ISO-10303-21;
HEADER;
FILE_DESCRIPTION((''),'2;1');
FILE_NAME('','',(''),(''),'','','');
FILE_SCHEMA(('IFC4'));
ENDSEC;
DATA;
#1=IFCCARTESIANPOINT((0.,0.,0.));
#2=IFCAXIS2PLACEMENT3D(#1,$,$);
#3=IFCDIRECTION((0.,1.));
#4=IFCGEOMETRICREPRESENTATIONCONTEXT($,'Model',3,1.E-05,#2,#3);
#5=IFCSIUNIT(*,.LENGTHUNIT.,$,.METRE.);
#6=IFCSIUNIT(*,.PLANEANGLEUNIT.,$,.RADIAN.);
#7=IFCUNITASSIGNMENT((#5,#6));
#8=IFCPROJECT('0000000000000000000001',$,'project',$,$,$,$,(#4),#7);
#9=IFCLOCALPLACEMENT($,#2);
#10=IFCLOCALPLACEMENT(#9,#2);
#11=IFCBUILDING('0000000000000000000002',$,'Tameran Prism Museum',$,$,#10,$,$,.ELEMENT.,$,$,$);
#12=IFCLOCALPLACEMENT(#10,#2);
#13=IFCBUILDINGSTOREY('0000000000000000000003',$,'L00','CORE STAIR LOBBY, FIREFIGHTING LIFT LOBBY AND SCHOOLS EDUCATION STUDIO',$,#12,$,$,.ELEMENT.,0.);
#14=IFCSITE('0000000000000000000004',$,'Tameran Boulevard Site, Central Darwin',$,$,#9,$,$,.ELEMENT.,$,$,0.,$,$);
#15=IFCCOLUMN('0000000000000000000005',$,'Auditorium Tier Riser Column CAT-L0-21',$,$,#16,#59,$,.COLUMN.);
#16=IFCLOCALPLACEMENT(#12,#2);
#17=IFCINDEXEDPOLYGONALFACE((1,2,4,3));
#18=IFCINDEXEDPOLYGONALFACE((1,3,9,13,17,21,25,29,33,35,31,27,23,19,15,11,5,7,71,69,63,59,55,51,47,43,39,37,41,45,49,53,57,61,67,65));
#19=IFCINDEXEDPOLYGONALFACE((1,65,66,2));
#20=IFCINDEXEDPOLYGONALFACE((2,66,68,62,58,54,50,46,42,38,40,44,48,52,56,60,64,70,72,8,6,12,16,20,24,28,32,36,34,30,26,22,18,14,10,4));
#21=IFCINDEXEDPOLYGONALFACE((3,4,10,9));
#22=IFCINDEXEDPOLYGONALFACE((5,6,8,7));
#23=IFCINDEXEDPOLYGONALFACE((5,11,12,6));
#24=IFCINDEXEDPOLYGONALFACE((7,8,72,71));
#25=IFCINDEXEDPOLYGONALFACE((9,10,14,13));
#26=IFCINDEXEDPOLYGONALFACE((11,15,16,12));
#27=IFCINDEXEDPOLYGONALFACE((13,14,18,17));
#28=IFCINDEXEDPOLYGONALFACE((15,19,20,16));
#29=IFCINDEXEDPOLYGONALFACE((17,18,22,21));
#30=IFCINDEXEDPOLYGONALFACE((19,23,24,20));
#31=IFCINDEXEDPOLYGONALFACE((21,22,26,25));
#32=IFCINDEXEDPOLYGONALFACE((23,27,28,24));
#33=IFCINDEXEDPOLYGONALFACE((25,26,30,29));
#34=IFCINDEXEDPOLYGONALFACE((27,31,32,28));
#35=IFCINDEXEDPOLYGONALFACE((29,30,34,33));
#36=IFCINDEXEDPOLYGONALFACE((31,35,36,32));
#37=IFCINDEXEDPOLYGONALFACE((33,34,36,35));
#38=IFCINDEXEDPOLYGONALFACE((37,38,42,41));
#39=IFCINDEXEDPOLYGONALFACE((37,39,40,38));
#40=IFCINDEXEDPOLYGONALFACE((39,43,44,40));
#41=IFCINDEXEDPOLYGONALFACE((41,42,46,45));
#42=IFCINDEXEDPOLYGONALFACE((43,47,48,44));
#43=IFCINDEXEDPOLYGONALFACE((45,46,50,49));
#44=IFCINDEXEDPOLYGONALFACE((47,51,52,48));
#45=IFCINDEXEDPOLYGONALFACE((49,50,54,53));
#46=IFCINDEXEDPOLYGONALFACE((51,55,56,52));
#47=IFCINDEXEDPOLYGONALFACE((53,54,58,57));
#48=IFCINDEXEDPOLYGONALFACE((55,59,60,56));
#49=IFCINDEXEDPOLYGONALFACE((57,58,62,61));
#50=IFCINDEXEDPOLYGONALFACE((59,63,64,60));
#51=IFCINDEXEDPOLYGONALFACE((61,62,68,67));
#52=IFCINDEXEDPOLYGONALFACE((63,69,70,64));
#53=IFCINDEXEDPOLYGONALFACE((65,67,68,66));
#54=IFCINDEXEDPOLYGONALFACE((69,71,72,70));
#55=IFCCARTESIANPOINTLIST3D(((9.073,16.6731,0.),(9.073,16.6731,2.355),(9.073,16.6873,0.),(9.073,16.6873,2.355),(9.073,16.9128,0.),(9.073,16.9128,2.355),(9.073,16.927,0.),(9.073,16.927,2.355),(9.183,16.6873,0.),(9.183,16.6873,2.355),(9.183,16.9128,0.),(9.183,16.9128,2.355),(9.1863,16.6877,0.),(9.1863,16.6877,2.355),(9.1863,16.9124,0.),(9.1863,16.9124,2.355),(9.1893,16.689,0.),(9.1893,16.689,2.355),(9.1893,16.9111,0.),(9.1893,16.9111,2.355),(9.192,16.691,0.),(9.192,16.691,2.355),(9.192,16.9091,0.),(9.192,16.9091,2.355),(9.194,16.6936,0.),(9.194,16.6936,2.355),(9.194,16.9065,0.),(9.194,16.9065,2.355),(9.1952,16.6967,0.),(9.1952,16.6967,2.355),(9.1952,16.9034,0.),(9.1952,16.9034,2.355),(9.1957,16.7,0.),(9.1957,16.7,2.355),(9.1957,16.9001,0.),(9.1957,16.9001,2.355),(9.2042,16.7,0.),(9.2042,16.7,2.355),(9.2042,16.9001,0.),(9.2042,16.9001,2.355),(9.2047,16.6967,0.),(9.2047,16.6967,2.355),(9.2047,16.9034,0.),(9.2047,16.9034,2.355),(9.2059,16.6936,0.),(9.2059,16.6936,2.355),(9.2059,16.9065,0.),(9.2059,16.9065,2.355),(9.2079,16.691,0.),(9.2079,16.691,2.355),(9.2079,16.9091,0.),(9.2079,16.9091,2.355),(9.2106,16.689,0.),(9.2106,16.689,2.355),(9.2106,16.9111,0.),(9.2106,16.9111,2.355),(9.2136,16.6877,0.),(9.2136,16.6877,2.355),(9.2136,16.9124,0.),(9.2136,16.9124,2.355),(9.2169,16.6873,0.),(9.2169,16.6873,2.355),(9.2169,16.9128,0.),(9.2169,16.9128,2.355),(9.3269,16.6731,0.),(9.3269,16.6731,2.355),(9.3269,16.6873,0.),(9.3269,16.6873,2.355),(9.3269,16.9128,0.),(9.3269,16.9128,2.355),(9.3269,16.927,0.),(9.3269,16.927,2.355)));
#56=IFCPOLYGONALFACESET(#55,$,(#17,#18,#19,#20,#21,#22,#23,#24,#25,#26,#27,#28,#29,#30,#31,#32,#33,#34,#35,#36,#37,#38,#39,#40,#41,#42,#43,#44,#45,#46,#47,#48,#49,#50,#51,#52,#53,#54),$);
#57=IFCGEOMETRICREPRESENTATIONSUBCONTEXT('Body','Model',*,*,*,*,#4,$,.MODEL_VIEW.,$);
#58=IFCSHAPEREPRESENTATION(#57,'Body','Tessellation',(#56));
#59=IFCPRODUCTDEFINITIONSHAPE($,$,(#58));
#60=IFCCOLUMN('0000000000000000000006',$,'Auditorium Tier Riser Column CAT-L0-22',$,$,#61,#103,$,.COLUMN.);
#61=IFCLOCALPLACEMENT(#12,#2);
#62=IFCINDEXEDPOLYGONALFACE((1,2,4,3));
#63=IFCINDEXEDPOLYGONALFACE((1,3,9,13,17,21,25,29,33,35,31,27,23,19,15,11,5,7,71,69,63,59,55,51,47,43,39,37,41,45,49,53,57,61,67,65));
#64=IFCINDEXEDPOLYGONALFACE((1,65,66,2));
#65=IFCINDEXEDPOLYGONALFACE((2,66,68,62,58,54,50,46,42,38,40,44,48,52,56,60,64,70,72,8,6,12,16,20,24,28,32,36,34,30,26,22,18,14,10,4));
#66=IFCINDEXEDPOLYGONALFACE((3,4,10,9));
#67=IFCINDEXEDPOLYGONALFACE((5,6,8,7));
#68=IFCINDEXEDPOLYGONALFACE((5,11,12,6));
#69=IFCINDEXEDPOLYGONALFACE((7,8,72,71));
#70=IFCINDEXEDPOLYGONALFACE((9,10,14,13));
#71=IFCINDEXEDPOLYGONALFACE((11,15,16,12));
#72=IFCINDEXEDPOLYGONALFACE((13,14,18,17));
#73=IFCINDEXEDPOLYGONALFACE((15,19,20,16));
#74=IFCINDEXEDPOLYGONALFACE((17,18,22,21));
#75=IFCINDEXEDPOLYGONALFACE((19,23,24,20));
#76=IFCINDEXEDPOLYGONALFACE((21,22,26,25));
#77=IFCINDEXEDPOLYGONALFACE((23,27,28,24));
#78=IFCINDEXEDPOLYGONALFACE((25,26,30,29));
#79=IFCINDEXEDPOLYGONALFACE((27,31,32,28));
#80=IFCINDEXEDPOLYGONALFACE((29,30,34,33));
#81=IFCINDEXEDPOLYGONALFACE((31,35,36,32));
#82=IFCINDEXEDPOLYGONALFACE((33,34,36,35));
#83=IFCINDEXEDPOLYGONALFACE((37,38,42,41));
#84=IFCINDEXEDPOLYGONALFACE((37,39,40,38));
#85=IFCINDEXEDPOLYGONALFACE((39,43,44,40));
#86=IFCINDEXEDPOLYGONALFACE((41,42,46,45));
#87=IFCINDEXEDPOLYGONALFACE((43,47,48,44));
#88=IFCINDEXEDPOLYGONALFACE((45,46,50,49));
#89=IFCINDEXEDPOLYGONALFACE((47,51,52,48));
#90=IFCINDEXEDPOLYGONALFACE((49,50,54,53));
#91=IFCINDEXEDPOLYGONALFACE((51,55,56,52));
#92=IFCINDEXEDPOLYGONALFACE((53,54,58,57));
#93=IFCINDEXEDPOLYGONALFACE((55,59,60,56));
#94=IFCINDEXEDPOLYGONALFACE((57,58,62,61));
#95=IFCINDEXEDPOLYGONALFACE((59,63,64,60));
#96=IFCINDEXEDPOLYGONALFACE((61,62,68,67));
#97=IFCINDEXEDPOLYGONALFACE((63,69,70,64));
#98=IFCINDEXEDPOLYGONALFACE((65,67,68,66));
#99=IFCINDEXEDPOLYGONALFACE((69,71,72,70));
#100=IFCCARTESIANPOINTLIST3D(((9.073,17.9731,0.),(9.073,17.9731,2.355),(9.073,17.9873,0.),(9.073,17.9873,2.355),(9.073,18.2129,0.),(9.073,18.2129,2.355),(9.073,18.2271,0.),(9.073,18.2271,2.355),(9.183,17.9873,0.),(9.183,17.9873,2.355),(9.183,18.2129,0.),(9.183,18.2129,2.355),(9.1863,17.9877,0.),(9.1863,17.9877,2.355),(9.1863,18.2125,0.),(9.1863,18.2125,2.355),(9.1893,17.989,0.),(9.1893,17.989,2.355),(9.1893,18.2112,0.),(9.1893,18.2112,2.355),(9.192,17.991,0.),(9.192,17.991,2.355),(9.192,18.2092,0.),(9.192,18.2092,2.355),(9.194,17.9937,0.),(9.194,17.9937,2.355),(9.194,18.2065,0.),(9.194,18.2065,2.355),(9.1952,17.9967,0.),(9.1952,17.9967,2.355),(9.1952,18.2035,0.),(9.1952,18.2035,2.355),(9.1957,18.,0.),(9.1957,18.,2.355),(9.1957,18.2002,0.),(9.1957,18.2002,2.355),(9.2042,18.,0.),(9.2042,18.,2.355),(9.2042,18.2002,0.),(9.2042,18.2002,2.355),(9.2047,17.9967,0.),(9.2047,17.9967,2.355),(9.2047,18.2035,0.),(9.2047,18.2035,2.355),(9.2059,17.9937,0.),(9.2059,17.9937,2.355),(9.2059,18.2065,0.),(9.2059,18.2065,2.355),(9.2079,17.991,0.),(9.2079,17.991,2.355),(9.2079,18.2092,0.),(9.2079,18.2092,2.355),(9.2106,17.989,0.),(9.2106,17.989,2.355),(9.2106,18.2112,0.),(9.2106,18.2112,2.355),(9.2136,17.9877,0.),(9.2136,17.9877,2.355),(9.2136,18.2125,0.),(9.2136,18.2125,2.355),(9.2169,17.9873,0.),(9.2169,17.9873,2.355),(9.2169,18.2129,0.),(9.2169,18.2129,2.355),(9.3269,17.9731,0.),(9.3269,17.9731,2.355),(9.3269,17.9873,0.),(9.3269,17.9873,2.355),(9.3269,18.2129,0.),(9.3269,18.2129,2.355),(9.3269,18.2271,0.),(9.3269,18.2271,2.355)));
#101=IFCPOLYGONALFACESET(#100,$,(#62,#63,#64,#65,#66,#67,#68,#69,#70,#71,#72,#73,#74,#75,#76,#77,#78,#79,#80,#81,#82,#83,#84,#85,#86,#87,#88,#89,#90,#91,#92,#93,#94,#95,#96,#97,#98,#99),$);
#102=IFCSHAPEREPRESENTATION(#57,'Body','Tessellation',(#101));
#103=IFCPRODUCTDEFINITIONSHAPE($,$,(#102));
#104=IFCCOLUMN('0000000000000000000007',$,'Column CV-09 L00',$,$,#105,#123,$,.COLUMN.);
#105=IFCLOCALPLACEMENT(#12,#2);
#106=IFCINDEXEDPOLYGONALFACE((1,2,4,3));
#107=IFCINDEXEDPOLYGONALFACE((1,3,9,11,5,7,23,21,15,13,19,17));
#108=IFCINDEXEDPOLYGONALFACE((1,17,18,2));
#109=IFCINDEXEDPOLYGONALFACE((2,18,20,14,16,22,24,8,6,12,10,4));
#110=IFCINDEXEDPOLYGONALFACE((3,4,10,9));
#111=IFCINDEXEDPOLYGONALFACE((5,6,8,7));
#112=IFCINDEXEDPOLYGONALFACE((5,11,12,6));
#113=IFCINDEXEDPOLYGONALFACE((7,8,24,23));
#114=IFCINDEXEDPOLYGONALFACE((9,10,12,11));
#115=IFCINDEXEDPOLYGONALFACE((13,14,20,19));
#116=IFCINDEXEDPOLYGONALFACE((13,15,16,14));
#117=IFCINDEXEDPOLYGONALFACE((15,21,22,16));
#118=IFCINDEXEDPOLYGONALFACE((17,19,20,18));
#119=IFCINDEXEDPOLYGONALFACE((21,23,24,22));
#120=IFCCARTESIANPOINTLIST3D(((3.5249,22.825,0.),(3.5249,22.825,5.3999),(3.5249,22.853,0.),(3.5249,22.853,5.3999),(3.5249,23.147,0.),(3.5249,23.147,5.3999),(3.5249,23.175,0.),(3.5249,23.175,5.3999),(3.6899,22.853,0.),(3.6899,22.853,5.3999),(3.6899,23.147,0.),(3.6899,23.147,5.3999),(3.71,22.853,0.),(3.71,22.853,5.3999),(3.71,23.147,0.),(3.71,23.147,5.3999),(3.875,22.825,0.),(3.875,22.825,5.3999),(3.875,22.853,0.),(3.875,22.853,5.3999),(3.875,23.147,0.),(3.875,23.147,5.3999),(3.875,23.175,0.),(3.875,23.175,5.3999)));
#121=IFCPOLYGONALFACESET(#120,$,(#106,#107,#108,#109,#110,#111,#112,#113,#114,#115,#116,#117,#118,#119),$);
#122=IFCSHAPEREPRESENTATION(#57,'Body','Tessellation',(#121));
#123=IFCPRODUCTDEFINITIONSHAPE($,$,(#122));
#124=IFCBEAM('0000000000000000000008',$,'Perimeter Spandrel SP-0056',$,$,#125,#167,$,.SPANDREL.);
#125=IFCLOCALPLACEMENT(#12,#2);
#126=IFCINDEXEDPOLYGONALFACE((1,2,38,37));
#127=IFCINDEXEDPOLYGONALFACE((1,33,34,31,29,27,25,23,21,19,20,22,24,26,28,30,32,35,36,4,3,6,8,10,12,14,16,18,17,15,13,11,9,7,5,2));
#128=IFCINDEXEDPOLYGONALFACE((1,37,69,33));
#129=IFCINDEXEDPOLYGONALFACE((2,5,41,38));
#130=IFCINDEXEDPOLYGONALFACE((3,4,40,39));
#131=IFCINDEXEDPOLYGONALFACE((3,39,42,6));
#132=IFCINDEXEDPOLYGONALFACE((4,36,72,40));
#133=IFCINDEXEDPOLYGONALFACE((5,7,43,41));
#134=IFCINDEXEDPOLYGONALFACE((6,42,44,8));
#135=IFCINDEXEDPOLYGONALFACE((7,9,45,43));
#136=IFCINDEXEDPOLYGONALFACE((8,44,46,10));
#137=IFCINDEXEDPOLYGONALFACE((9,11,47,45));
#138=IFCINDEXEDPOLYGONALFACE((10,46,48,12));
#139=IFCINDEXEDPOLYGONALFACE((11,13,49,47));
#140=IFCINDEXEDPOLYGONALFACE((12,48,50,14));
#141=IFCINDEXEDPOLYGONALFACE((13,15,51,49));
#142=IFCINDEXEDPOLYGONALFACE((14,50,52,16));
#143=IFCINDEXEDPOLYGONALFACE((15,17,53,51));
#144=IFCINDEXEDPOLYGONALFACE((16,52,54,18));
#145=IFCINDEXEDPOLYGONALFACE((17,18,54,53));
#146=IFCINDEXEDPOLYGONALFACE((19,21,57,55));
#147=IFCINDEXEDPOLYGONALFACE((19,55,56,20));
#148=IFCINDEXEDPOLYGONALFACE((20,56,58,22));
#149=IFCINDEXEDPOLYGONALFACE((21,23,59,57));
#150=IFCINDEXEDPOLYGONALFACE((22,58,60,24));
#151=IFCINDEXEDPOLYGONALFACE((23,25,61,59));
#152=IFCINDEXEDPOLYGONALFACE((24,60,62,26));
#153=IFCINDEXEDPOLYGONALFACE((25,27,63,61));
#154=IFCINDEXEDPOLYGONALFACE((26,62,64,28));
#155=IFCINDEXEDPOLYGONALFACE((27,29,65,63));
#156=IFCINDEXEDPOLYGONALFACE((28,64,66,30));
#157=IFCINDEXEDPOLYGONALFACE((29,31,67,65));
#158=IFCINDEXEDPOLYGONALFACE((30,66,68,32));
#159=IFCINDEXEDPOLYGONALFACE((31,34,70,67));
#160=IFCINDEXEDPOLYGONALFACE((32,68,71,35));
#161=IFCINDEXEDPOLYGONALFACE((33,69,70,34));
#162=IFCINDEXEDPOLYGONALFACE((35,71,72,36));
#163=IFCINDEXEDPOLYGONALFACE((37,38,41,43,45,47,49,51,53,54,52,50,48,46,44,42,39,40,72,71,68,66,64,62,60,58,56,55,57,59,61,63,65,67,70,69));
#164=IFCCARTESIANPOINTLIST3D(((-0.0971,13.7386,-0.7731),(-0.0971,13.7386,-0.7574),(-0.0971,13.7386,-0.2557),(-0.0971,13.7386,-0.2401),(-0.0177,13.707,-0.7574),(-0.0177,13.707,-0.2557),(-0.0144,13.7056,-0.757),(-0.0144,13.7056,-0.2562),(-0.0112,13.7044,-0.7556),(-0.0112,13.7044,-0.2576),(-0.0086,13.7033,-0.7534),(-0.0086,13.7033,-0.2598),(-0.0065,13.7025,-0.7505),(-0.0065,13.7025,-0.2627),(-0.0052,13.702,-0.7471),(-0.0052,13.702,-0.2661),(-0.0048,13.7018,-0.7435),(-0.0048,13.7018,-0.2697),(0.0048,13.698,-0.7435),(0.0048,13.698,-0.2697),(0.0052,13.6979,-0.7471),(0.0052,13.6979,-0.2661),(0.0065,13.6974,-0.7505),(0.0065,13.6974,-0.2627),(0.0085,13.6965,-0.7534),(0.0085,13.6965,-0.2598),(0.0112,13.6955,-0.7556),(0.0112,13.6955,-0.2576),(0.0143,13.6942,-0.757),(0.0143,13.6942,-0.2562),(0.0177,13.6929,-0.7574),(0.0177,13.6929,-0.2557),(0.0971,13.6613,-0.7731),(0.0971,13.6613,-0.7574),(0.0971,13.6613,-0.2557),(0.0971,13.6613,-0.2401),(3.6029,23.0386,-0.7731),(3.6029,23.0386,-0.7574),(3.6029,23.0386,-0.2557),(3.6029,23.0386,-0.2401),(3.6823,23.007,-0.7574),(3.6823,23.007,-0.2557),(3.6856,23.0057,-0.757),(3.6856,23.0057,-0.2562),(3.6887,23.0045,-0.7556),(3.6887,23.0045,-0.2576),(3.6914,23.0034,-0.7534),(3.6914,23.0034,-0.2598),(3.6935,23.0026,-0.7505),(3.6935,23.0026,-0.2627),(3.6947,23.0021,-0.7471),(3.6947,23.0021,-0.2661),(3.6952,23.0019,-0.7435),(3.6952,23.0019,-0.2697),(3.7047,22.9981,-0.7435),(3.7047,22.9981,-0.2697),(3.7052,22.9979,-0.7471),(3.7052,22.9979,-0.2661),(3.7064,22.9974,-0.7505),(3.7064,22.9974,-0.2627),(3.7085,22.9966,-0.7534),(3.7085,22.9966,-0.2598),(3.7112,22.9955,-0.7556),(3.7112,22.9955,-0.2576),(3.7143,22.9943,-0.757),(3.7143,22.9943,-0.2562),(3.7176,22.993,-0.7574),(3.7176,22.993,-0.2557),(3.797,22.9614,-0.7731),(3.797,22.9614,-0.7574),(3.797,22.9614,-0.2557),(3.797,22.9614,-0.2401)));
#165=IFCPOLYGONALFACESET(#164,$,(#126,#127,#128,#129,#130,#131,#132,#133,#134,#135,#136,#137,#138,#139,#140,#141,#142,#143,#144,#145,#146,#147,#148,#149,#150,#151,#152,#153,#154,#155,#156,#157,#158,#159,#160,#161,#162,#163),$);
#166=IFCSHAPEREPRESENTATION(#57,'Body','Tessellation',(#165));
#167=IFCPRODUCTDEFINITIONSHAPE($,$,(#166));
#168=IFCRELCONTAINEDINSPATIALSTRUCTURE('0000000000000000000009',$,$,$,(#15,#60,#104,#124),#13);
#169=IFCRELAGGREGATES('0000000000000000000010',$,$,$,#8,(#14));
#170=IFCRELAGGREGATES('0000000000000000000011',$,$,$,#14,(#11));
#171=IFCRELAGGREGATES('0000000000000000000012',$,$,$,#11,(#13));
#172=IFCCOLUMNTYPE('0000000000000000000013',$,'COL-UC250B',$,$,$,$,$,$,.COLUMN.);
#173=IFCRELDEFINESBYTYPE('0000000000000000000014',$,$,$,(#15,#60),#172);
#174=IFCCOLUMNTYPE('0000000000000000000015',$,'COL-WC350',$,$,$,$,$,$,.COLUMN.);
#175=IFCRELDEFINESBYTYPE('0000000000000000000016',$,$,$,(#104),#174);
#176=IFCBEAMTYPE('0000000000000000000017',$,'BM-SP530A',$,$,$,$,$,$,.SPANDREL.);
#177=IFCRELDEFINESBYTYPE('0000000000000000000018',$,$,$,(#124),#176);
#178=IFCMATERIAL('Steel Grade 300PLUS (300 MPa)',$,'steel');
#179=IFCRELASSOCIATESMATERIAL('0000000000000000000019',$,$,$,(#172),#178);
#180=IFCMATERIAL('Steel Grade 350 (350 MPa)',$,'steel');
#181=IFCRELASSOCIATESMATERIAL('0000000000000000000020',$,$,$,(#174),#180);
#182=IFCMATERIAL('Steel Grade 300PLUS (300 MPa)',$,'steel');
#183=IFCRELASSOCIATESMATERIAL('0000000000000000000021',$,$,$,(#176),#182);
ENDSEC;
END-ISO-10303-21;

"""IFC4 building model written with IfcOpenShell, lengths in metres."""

from ifc_helpers import new_model, si_unit, direction, frame, origin, origin_2d, place, context, subcontext, project, spatial, i_section, extrude, material, material_profile, profile_set, type_object, element, save


model = new_model("IFC4")

# Units and contexts
model_context = context("Model", 3, precision=1e-05, world=origin(), true_north=direction((0.0, 1.0)))
body_context = subcontext(model_context, "Body", "Model", "MODEL_VIEW")
ifc_project = project(units=[si_unit("LENGTHUNIT", "METRE"), si_unit("PLANEANGLEUNIT", "RADIAN")], contexts=[model_context])

# Site, building, storey
site_placement = place(None, origin())
site = spatial("IfcSite", under=ifc_project, at=site_placement, Name="Tameran Boulevard Site, Central Darwin", CompositionType="ELEMENT", RefElevation=0.0)
building_placement = place(site_placement, origin())
building = spatial("IfcBuilding", under=site, at=building_placement, Name="Tameran Prism Museum", CompositionType="ELEMENT")
storey_placement = place(building_placement, origin())
storey = spatial("IfcBuildingStorey", under=building, at=storey_placement, Name="L00", Description="CORE STAIR LOBBY, FIREFIGHTING LIFT LOBBY AND SCHOOLS EDUCATION STUDIO", CompositionType="ELEMENT", Elevation=0.0)

# Columns
ifc_material_1 = material(Name="Steel Grade 300PLUS (300 MPa)", Category="steel")
ifc_material_profile_1 = material_profile(ifc_material_1, i_section(OverallWidth=0.2539, OverallDepth=0.2539, WebThickness=0.0085, FlangeThickness=0.0142, FilletRadius=0.0127, at=origin_2d()))
ifc_profile_set_1 = profile_set([ifc_material_profile_1])
column_type_1 = type_object("IfcColumnType", Name="COL-UC250B", PredefinedType="COLUMN", material=ifc_profile_set_1)
for number, where, z_axis, x_axis, name in (
    (1, (9.2, 16.8, 0.0), (0.0, 0.0, 1.0), (1.0, 0.0, 0.0), "Auditorium Tier Riser Column CAT-L0-21"),
    (2, (9.2, 18.1001, 0.0), (0.0, 0.0, 1.0), (1.0, 0.0, 0.0), "Auditorium Tier Riser Column CAT-L0-22"),
):
    element("IfcColumn", number, at=place(storey_placement, frame(where, z_axis=z_axis, x_axis=x_axis)), inside=storey, type_object=column_type_1, Name=name, PredefinedType="COLUMN", context=body_context, shape_type="SweptSolid", body=[
        extrude(i_section(OverallWidth=0.2539, OverallDepth=0.2539, WebThickness=0.0085, FlangeThickness=0.0142, FilletRadius=0.0127, at=origin_2d()), origin(), (0.0, 0.0, 1.0), 2.355),
    ])
ifc_material_2 = material(Name="Steel Grade 350 (350 MPa)", Category="steel")
ifc_material_profile_2 = material_profile(ifc_material_2, i_section(OverallWidth=0.3501, OverallDepth=0.3501, WebThickness=0.02, FlangeThickness=0.0281, at=origin_2d()))
ifc_profile_set_2 = profile_set([ifc_material_profile_2])
column_type_2 = type_object("IfcColumnType", Name="COL-WC350", PredefinedType="COLUMN", material=ifc_profile_set_2)
column_1_placement = place(storey_placement, frame((3.7, 23.0, 0.0), z_axis=(0.0, 0.0, 1.0), x_axis=(1.0, 0.0, 0.0)))
element("IfcColumn", 3, at=column_1_placement, inside=storey, type_object=column_type_2, Name="Column CV-09 L00", PredefinedType="COLUMN", context=body_context, shape_type="SweptSolid", body=[
    extrude(i_section(OverallWidth=0.3501, OverallDepth=0.3501, WebThickness=0.02, FlangeThickness=0.0281, at=origin_2d()), origin(), (0.0, 0.0, 1.0), 5.3999),
])

# Beam
ifc_material_3 = material(Name="Steel Grade 300PLUS (300 MPa)", Category="steel")
ifc_material_profile_3 = material_profile(ifc_material_3, i_section(OverallWidth=0.209, OverallDepth=0.533, WebThickness=0.0103, FlangeThickness=0.0156, FilletRadius=0.0139, at=origin_2d()))
ifc_profile_set_3 = profile_set([ifc_material_profile_3])
beam_type_1 = type_object("IfcBeamType", Name="BM-SP530A", PredefinedType="SPANDREL", material=ifc_profile_set_3)
beam_1_placement = place(storey_placement, frame((3.7, 23.0, -0.5066), z_axis=(-0.369662, -0.929166, 0.0), x_axis=(0.929166, -0.369662, 0.0)))
element("IfcBeam", 4, at=beam_1_placement, inside=storey, type_object=beam_type_1, Name="Perimeter Spandrel SP-0056", PredefinedType="SPANDREL", context=body_context, shape_type="SweptSolid", body=[
    extrude(i_section(OverallWidth=0.209, OverallDepth=0.533, WebThickness=0.0103, FlangeThickness=0.0156, FilletRadius=0.0139, at=origin_2d()), origin(), (0.0, 0.0, 1.0), 10.009),
])

save(model, "model.ifc")
